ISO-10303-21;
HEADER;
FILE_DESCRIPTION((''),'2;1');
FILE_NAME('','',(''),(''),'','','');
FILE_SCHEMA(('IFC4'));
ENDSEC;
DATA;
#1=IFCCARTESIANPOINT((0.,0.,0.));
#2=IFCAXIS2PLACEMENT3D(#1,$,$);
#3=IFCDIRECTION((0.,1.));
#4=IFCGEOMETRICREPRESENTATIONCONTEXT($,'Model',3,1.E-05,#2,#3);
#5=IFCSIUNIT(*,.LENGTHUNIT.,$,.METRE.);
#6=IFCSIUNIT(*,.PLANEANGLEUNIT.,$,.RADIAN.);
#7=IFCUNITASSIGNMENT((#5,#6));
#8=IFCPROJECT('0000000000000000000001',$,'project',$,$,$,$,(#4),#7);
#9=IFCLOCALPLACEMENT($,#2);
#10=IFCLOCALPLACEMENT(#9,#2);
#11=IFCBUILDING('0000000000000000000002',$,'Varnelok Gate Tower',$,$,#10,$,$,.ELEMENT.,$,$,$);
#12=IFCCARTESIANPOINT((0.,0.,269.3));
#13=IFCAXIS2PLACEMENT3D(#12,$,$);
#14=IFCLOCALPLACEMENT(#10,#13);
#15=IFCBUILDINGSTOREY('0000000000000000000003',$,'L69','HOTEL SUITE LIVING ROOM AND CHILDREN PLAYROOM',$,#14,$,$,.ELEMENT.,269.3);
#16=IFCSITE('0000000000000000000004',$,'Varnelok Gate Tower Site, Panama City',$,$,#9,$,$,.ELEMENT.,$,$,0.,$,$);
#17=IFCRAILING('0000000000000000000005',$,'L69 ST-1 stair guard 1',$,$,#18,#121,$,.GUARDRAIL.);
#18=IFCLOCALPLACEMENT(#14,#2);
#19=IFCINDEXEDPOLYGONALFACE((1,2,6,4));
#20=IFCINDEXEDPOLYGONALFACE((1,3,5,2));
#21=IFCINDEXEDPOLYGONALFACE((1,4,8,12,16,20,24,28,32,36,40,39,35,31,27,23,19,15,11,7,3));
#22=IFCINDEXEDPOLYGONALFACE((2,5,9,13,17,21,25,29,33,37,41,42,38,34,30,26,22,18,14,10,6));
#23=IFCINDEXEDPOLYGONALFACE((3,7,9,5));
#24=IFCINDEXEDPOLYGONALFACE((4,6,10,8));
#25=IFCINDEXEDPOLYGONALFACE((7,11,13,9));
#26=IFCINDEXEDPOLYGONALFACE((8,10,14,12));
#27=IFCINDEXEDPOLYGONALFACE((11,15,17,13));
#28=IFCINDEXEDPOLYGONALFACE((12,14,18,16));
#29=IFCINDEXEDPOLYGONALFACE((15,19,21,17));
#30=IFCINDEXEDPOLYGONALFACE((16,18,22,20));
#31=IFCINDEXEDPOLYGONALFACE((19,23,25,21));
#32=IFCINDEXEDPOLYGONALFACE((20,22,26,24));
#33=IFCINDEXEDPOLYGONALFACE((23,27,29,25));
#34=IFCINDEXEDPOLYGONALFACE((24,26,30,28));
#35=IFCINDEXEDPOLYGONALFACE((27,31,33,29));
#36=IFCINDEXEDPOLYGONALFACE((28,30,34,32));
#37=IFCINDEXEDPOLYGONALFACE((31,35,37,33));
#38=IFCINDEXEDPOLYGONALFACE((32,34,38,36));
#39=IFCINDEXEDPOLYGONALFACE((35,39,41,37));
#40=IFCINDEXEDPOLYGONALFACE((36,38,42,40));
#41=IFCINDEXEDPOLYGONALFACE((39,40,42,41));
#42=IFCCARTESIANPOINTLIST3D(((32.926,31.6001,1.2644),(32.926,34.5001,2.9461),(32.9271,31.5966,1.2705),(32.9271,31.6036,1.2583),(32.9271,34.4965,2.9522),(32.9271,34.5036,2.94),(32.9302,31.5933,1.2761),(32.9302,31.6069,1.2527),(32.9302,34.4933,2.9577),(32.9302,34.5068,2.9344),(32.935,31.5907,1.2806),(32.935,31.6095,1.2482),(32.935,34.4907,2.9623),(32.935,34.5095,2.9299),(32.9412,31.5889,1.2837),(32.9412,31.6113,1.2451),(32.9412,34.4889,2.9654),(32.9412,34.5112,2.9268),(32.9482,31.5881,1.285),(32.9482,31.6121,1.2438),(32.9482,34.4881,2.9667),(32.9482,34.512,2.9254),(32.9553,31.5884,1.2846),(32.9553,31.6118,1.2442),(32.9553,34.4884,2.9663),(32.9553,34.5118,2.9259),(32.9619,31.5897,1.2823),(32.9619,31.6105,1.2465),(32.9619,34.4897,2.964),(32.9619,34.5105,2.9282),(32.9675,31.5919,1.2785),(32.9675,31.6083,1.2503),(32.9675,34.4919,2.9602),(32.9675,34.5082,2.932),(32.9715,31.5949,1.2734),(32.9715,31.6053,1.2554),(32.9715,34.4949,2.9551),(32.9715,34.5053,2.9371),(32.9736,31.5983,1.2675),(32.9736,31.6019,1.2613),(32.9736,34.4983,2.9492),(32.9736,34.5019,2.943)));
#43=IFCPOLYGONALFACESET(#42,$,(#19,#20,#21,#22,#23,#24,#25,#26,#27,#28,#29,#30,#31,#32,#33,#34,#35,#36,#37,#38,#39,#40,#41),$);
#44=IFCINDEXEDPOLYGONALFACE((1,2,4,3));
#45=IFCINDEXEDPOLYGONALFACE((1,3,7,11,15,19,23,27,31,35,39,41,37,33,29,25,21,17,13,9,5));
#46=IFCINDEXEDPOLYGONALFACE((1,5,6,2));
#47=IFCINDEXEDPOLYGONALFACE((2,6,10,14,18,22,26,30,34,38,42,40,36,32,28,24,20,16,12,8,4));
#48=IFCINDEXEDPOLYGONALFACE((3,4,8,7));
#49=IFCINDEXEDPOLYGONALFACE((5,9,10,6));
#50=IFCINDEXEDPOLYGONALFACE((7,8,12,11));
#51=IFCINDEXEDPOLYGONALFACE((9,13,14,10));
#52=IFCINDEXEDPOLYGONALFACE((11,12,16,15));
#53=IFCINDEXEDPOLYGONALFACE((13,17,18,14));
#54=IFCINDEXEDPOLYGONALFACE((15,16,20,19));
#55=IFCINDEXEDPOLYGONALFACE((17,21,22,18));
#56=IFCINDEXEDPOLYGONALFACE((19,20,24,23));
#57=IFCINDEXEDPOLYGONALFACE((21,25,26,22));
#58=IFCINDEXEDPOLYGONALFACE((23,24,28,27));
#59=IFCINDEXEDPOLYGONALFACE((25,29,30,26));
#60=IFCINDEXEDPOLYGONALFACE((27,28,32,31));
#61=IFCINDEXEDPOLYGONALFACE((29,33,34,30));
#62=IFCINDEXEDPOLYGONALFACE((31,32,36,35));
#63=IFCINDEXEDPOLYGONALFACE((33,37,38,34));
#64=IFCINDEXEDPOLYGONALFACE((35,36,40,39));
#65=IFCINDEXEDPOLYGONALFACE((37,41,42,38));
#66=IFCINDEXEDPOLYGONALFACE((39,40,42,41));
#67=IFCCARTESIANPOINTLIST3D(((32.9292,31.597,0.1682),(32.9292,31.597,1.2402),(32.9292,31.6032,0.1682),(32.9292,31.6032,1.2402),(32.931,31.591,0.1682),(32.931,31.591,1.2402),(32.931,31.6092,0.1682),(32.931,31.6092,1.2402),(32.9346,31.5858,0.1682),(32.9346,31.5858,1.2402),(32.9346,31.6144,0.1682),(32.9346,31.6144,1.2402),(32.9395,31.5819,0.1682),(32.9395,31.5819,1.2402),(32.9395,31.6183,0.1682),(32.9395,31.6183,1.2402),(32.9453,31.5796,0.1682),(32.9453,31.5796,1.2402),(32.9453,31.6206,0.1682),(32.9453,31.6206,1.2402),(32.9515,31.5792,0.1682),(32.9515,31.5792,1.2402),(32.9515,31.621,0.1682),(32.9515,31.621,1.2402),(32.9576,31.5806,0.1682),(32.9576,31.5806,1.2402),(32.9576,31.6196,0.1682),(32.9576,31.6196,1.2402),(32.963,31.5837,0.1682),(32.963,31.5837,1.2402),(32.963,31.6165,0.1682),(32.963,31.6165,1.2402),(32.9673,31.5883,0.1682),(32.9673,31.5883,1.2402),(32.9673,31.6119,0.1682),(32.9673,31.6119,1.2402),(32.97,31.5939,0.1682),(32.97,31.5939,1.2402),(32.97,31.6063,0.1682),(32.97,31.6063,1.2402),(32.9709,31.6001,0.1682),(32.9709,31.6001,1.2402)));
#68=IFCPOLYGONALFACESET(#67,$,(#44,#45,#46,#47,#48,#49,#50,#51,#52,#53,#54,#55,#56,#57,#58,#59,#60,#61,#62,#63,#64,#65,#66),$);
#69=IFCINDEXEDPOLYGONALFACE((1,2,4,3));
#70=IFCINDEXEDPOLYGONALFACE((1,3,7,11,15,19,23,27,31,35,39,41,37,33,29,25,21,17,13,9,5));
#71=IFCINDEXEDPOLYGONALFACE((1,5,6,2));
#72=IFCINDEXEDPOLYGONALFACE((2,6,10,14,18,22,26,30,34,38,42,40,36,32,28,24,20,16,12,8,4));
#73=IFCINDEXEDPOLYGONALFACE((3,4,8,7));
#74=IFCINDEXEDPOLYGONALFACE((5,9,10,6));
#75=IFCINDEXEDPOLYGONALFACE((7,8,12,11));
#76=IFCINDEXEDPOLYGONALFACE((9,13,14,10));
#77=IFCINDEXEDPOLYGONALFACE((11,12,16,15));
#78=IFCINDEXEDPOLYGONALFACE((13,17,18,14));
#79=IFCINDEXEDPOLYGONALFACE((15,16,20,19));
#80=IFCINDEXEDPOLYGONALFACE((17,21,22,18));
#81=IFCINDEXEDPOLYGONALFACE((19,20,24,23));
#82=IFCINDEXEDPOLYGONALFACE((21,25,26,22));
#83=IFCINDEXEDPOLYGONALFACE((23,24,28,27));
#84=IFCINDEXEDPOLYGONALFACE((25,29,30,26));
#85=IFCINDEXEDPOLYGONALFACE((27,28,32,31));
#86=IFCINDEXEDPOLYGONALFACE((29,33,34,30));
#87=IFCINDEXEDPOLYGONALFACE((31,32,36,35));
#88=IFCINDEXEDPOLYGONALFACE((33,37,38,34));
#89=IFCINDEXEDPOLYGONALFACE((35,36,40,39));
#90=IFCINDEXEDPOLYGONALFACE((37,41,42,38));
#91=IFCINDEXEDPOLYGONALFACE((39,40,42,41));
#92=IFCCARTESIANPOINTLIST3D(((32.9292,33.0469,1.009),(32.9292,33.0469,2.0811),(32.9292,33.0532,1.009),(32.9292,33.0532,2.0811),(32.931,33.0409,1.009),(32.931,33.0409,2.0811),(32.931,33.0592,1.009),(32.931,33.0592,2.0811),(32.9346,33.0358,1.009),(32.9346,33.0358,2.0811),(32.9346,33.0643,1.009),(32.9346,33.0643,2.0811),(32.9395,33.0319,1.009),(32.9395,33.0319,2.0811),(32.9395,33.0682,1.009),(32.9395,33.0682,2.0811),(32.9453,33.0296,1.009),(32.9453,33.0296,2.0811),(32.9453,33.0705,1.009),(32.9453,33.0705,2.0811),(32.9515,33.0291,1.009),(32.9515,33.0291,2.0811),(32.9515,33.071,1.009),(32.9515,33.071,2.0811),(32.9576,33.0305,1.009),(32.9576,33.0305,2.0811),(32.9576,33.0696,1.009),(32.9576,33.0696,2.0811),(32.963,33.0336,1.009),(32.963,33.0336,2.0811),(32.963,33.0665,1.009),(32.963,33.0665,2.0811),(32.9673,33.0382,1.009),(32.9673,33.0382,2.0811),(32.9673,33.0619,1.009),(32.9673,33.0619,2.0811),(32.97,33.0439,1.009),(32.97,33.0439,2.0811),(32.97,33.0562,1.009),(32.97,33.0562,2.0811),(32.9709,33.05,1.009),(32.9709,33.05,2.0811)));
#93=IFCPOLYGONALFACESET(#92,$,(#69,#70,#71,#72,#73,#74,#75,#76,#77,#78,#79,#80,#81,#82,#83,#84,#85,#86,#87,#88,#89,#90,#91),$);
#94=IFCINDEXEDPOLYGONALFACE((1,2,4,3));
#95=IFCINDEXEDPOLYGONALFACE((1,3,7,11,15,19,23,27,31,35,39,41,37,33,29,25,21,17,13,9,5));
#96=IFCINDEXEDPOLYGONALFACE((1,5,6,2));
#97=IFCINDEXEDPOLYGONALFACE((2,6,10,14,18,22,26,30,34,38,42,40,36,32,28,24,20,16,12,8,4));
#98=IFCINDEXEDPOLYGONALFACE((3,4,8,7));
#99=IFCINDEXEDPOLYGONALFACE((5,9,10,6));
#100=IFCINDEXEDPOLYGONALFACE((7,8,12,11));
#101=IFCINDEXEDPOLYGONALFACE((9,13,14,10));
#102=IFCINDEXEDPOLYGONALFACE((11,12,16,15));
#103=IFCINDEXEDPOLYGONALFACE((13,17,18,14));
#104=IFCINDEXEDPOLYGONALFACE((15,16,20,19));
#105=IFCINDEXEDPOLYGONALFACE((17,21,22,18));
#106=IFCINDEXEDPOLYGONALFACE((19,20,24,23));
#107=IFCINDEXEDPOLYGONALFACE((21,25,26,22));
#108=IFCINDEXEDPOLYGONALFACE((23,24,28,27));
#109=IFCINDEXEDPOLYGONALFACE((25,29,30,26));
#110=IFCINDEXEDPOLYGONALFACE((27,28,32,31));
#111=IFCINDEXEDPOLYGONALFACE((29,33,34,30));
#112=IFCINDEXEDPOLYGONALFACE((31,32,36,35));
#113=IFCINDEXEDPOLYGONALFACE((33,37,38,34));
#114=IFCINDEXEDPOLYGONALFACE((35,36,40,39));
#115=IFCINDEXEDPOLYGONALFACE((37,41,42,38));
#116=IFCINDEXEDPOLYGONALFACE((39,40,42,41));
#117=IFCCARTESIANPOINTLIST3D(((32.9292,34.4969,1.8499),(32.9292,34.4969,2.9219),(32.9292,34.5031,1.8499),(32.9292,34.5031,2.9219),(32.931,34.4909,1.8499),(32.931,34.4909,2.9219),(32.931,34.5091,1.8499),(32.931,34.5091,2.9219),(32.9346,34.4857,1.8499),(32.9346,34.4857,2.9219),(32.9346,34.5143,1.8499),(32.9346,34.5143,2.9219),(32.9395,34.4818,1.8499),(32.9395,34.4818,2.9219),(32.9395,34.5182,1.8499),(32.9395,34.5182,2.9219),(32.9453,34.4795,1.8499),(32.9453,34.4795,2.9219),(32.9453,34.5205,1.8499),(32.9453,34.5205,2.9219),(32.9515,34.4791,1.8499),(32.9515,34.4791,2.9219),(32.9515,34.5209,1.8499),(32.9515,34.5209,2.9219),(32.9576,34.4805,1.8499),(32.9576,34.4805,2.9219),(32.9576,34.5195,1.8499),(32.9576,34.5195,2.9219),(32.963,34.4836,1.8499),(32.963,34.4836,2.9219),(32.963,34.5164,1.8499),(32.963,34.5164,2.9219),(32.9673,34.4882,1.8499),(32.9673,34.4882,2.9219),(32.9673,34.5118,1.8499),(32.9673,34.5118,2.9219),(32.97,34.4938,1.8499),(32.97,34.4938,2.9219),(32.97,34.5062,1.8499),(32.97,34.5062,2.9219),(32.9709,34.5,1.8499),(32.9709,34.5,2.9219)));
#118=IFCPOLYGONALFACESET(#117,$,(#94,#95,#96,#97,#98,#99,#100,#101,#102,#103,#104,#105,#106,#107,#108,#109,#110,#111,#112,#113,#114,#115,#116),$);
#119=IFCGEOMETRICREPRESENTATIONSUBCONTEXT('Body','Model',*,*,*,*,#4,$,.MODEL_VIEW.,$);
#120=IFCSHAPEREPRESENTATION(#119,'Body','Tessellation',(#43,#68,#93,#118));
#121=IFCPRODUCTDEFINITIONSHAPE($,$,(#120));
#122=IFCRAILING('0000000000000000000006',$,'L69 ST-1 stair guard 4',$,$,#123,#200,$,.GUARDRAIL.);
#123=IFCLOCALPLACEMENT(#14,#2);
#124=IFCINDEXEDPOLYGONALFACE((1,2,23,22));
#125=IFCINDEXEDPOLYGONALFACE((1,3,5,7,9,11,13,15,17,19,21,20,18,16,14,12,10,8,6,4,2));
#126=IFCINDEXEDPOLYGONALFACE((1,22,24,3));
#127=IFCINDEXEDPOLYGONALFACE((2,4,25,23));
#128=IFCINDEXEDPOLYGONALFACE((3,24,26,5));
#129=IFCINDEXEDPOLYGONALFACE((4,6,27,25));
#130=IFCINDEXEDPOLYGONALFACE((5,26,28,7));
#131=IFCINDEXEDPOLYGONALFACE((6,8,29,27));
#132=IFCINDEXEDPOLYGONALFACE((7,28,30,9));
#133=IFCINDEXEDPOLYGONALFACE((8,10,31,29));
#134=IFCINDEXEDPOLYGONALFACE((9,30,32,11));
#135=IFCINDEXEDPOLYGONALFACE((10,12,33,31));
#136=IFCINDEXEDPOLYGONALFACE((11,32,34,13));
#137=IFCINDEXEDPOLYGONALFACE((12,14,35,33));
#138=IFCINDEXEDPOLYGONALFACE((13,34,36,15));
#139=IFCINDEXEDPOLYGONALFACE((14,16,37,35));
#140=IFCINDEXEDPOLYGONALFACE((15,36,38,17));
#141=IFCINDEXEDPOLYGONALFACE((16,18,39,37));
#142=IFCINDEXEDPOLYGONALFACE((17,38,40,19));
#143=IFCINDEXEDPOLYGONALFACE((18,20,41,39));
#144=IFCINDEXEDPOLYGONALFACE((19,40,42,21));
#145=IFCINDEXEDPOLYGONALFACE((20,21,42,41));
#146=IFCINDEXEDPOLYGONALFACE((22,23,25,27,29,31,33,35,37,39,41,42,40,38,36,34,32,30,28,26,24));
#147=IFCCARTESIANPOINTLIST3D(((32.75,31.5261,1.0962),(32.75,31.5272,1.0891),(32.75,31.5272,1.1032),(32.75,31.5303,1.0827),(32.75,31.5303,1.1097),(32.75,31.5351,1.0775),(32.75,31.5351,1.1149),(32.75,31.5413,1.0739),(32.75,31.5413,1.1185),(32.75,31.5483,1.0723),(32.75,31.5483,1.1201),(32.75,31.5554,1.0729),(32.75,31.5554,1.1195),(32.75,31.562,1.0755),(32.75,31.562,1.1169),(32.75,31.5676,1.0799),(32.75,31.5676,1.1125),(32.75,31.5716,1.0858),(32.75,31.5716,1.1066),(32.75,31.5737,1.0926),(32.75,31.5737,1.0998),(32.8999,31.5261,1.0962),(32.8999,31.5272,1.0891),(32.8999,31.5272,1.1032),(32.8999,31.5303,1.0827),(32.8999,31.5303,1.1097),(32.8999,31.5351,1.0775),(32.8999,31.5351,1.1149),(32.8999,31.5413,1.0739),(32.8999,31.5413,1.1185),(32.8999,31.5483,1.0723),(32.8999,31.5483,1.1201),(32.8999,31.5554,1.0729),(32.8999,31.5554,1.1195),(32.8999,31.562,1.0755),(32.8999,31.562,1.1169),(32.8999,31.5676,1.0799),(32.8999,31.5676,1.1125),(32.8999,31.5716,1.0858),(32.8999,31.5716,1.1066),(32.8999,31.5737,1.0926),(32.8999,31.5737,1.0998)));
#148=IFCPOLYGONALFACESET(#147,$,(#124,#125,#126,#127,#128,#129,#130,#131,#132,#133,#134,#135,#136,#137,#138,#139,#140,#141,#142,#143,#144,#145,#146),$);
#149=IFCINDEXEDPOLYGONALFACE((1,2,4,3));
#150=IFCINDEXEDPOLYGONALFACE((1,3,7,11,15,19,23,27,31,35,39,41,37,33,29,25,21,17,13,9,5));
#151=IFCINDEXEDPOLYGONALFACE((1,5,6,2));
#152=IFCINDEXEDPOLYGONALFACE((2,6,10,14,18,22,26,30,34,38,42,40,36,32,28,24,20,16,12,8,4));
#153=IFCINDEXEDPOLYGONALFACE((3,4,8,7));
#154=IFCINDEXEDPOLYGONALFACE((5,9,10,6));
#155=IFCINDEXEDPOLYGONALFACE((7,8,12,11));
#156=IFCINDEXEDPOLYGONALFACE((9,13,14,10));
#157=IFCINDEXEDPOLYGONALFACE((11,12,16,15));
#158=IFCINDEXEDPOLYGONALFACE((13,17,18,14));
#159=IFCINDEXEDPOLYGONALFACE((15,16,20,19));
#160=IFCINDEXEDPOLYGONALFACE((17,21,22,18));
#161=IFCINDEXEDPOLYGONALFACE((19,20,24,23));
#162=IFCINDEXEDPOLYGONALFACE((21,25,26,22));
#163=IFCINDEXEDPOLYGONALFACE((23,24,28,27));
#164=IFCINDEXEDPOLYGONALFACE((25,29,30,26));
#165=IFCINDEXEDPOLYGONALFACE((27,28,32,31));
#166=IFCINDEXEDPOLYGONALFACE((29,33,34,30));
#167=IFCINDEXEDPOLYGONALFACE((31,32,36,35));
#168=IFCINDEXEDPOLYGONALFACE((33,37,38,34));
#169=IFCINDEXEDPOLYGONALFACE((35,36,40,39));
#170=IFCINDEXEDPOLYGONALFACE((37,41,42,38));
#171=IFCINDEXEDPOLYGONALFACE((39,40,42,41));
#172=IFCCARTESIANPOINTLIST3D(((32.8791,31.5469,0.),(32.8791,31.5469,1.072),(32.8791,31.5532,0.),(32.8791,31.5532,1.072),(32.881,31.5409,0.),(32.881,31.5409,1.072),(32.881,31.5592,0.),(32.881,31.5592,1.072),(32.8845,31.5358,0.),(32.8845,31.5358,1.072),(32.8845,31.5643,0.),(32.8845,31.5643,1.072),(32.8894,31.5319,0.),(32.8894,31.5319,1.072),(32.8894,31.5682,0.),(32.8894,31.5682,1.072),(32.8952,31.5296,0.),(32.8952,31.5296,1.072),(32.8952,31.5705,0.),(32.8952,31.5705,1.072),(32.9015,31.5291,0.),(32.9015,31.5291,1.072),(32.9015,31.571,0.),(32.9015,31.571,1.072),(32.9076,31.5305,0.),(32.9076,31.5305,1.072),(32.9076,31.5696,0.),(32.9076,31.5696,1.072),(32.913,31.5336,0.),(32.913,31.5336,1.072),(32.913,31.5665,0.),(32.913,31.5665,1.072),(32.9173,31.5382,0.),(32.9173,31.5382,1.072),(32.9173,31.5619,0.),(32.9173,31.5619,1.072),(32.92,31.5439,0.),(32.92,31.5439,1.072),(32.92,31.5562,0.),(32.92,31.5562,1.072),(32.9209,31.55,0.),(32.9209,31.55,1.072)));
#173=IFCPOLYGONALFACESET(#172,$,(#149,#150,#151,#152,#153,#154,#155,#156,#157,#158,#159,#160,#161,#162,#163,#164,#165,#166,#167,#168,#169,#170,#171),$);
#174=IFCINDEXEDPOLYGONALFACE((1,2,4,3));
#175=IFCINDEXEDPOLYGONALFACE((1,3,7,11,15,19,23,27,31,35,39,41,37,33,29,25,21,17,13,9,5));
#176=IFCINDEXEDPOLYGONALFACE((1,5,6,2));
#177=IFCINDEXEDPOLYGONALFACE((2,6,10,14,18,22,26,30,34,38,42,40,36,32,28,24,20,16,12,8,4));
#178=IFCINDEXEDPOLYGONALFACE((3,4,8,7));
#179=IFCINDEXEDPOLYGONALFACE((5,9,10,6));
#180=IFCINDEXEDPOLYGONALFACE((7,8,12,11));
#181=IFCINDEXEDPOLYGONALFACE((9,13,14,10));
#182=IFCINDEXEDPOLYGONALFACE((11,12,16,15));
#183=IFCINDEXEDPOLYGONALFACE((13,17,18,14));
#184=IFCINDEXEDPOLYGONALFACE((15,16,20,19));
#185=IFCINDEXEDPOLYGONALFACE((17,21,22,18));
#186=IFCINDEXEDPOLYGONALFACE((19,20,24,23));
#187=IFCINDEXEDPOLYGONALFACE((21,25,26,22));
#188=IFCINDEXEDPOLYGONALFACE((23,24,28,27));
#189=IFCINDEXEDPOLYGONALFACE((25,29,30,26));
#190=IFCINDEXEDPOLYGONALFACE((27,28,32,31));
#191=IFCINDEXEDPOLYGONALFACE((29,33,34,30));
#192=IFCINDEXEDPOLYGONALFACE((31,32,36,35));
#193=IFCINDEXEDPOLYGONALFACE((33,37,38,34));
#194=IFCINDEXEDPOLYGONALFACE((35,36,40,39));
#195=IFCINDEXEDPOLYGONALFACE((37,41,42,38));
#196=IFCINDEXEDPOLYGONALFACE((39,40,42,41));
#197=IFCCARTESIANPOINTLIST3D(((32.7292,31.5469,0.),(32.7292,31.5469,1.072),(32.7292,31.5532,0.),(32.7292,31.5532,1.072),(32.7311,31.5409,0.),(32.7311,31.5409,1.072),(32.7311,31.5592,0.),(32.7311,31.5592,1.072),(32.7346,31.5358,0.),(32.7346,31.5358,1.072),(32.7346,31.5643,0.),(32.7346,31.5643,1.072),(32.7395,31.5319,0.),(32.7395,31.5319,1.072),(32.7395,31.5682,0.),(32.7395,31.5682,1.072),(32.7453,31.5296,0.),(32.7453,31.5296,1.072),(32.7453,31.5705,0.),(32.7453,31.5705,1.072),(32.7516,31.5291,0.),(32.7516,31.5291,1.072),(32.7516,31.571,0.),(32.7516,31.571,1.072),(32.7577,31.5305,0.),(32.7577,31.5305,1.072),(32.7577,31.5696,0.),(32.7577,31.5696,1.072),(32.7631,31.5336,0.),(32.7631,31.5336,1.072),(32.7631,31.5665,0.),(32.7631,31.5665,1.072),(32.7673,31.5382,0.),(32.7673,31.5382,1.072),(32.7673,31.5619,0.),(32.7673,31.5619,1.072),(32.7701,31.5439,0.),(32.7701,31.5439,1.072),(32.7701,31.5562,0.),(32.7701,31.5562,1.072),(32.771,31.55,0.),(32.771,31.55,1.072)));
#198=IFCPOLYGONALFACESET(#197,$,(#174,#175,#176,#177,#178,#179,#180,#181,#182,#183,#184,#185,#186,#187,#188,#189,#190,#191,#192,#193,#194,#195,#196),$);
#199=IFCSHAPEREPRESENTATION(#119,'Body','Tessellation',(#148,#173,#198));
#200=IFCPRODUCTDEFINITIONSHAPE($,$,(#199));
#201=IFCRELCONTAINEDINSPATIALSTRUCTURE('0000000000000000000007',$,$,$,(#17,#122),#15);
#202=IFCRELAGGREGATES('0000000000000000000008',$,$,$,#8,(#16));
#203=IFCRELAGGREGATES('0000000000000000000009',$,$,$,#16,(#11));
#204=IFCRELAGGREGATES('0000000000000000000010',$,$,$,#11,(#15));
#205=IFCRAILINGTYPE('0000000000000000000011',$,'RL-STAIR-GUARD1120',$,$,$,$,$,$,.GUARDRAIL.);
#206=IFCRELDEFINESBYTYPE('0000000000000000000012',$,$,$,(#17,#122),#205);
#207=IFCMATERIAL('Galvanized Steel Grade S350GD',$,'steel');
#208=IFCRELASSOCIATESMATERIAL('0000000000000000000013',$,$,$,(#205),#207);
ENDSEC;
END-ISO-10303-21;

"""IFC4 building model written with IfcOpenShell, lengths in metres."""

from ifc_helpers import new_model, si_unit, direction, frame, origin, origin_2d, place, context, subcontext, project, spatial, circle, extrude, material, type_object, element, save


model = new_model("IFC4")

# Units and contexts
model_context = context("Model", 3, precision=1e-05, world=origin(), true_north=direction((0.0, 1.0)))
body_context = subcontext(model_context, "Body", "Model", "MODEL_VIEW")
ifc_project = project(units=[si_unit("LENGTHUNIT", "METRE"), si_unit("PLANEANGLEUNIT", "RADIAN")], contexts=[model_context])

# Site, building, storey
site_placement = place(None, origin())
site = spatial("IfcSite", under=ifc_project, at=site_placement, Name="Varnelok Gate Tower Site, Panama City", CompositionType="ELEMENT", RefElevation=0.0)
building_placement = place(site_placement, origin())
building = spatial("IfcBuilding", under=site, at=building_placement, Name="Varnelok Gate Tower", CompositionType="ELEMENT")
storey_placement = place(building_placement, frame((0.0, 0.0, 269.3)))
storey = spatial("IfcBuildingStorey", under=building, at=storey_placement, Name="L69", Description="HOTEL SUITE LIVING ROOM AND CHILDREN PLAYROOM", CompositionType="ELEMENT", Elevation=269.3)

# Shared definitions
ifc_material_1 = material(Name="Galvanized Steel Grade S350GD", Category="steel")

# Railings
railing_type_1 = type_object("IfcRailingType", Name="RL-STAIR-GUARD1120", PredefinedType="GUARDRAIL", material=ifc_material_1)
railing_1_placement = place(storey_placement, frame((32.95, 31.6001, 0.1682)))
element("IfcRailing", 1, at=railing_1_placement, inside=storey, type_object=railing_type_1, Name="L69 ST-1 stair guard 1", PredefinedType="GUARDRAIL", context=body_context, shape_type="SweptSolid", body=[
    extrude(circle(Radius=0.0239, at=origin_2d()), frame((0.0, 0.0, 1.0962), z_axis=(0.0, 0.86507, 0.501651), x_axis=(-1.0, 0.0, 0.0)), (0.0, 0.0, 1.0), 3.3523),
    extrude(circle(Radius=0.021, at=origin_2d()), origin(), (0.0, 0.0, 1.0), 1.072),
    extrude(circle(Radius=0.021, at=origin_2d()), frame((0.0, 1.45, 0.8408)), (0.0, 0.0, 1.0), 1.072),
    extrude(circle(Radius=0.021, at=origin_2d()), frame((0.0, 2.8999, 1.6816)), (0.0, 0.0, 1.0), 1.072),
])
railing_2_placement = place(storey_placement, frame((32.8999, 31.55, 0.0)))
element("IfcRailing", 2, at=railing_2_placement, inside=storey, type_object=railing_type_1, Name="L69 ST-1 stair guard 4", PredefinedType="GUARDRAIL", context=body_context, shape_type="SweptSolid", body=[
    extrude(circle(Radius=0.0239, at=origin_2d()), frame((0.0, 0.0, 1.0962), z_axis=(-1.0, 0.0, 0.0), x_axis=(0.0, -1.0, 0.0)), (0.0, 0.0, 1.0), 0.1499),
    extrude(circle(Radius=0.021, at=origin_2d()), origin(), (0.0, 0.0, 1.0), 1.072),
    extrude(circle(Radius=0.021, at=origin_2d()), frame((-0.1499, 0.0, 0.0)), (0.0, 0.0, 1.0), 1.072),
])

save(model, "model.ifc")
